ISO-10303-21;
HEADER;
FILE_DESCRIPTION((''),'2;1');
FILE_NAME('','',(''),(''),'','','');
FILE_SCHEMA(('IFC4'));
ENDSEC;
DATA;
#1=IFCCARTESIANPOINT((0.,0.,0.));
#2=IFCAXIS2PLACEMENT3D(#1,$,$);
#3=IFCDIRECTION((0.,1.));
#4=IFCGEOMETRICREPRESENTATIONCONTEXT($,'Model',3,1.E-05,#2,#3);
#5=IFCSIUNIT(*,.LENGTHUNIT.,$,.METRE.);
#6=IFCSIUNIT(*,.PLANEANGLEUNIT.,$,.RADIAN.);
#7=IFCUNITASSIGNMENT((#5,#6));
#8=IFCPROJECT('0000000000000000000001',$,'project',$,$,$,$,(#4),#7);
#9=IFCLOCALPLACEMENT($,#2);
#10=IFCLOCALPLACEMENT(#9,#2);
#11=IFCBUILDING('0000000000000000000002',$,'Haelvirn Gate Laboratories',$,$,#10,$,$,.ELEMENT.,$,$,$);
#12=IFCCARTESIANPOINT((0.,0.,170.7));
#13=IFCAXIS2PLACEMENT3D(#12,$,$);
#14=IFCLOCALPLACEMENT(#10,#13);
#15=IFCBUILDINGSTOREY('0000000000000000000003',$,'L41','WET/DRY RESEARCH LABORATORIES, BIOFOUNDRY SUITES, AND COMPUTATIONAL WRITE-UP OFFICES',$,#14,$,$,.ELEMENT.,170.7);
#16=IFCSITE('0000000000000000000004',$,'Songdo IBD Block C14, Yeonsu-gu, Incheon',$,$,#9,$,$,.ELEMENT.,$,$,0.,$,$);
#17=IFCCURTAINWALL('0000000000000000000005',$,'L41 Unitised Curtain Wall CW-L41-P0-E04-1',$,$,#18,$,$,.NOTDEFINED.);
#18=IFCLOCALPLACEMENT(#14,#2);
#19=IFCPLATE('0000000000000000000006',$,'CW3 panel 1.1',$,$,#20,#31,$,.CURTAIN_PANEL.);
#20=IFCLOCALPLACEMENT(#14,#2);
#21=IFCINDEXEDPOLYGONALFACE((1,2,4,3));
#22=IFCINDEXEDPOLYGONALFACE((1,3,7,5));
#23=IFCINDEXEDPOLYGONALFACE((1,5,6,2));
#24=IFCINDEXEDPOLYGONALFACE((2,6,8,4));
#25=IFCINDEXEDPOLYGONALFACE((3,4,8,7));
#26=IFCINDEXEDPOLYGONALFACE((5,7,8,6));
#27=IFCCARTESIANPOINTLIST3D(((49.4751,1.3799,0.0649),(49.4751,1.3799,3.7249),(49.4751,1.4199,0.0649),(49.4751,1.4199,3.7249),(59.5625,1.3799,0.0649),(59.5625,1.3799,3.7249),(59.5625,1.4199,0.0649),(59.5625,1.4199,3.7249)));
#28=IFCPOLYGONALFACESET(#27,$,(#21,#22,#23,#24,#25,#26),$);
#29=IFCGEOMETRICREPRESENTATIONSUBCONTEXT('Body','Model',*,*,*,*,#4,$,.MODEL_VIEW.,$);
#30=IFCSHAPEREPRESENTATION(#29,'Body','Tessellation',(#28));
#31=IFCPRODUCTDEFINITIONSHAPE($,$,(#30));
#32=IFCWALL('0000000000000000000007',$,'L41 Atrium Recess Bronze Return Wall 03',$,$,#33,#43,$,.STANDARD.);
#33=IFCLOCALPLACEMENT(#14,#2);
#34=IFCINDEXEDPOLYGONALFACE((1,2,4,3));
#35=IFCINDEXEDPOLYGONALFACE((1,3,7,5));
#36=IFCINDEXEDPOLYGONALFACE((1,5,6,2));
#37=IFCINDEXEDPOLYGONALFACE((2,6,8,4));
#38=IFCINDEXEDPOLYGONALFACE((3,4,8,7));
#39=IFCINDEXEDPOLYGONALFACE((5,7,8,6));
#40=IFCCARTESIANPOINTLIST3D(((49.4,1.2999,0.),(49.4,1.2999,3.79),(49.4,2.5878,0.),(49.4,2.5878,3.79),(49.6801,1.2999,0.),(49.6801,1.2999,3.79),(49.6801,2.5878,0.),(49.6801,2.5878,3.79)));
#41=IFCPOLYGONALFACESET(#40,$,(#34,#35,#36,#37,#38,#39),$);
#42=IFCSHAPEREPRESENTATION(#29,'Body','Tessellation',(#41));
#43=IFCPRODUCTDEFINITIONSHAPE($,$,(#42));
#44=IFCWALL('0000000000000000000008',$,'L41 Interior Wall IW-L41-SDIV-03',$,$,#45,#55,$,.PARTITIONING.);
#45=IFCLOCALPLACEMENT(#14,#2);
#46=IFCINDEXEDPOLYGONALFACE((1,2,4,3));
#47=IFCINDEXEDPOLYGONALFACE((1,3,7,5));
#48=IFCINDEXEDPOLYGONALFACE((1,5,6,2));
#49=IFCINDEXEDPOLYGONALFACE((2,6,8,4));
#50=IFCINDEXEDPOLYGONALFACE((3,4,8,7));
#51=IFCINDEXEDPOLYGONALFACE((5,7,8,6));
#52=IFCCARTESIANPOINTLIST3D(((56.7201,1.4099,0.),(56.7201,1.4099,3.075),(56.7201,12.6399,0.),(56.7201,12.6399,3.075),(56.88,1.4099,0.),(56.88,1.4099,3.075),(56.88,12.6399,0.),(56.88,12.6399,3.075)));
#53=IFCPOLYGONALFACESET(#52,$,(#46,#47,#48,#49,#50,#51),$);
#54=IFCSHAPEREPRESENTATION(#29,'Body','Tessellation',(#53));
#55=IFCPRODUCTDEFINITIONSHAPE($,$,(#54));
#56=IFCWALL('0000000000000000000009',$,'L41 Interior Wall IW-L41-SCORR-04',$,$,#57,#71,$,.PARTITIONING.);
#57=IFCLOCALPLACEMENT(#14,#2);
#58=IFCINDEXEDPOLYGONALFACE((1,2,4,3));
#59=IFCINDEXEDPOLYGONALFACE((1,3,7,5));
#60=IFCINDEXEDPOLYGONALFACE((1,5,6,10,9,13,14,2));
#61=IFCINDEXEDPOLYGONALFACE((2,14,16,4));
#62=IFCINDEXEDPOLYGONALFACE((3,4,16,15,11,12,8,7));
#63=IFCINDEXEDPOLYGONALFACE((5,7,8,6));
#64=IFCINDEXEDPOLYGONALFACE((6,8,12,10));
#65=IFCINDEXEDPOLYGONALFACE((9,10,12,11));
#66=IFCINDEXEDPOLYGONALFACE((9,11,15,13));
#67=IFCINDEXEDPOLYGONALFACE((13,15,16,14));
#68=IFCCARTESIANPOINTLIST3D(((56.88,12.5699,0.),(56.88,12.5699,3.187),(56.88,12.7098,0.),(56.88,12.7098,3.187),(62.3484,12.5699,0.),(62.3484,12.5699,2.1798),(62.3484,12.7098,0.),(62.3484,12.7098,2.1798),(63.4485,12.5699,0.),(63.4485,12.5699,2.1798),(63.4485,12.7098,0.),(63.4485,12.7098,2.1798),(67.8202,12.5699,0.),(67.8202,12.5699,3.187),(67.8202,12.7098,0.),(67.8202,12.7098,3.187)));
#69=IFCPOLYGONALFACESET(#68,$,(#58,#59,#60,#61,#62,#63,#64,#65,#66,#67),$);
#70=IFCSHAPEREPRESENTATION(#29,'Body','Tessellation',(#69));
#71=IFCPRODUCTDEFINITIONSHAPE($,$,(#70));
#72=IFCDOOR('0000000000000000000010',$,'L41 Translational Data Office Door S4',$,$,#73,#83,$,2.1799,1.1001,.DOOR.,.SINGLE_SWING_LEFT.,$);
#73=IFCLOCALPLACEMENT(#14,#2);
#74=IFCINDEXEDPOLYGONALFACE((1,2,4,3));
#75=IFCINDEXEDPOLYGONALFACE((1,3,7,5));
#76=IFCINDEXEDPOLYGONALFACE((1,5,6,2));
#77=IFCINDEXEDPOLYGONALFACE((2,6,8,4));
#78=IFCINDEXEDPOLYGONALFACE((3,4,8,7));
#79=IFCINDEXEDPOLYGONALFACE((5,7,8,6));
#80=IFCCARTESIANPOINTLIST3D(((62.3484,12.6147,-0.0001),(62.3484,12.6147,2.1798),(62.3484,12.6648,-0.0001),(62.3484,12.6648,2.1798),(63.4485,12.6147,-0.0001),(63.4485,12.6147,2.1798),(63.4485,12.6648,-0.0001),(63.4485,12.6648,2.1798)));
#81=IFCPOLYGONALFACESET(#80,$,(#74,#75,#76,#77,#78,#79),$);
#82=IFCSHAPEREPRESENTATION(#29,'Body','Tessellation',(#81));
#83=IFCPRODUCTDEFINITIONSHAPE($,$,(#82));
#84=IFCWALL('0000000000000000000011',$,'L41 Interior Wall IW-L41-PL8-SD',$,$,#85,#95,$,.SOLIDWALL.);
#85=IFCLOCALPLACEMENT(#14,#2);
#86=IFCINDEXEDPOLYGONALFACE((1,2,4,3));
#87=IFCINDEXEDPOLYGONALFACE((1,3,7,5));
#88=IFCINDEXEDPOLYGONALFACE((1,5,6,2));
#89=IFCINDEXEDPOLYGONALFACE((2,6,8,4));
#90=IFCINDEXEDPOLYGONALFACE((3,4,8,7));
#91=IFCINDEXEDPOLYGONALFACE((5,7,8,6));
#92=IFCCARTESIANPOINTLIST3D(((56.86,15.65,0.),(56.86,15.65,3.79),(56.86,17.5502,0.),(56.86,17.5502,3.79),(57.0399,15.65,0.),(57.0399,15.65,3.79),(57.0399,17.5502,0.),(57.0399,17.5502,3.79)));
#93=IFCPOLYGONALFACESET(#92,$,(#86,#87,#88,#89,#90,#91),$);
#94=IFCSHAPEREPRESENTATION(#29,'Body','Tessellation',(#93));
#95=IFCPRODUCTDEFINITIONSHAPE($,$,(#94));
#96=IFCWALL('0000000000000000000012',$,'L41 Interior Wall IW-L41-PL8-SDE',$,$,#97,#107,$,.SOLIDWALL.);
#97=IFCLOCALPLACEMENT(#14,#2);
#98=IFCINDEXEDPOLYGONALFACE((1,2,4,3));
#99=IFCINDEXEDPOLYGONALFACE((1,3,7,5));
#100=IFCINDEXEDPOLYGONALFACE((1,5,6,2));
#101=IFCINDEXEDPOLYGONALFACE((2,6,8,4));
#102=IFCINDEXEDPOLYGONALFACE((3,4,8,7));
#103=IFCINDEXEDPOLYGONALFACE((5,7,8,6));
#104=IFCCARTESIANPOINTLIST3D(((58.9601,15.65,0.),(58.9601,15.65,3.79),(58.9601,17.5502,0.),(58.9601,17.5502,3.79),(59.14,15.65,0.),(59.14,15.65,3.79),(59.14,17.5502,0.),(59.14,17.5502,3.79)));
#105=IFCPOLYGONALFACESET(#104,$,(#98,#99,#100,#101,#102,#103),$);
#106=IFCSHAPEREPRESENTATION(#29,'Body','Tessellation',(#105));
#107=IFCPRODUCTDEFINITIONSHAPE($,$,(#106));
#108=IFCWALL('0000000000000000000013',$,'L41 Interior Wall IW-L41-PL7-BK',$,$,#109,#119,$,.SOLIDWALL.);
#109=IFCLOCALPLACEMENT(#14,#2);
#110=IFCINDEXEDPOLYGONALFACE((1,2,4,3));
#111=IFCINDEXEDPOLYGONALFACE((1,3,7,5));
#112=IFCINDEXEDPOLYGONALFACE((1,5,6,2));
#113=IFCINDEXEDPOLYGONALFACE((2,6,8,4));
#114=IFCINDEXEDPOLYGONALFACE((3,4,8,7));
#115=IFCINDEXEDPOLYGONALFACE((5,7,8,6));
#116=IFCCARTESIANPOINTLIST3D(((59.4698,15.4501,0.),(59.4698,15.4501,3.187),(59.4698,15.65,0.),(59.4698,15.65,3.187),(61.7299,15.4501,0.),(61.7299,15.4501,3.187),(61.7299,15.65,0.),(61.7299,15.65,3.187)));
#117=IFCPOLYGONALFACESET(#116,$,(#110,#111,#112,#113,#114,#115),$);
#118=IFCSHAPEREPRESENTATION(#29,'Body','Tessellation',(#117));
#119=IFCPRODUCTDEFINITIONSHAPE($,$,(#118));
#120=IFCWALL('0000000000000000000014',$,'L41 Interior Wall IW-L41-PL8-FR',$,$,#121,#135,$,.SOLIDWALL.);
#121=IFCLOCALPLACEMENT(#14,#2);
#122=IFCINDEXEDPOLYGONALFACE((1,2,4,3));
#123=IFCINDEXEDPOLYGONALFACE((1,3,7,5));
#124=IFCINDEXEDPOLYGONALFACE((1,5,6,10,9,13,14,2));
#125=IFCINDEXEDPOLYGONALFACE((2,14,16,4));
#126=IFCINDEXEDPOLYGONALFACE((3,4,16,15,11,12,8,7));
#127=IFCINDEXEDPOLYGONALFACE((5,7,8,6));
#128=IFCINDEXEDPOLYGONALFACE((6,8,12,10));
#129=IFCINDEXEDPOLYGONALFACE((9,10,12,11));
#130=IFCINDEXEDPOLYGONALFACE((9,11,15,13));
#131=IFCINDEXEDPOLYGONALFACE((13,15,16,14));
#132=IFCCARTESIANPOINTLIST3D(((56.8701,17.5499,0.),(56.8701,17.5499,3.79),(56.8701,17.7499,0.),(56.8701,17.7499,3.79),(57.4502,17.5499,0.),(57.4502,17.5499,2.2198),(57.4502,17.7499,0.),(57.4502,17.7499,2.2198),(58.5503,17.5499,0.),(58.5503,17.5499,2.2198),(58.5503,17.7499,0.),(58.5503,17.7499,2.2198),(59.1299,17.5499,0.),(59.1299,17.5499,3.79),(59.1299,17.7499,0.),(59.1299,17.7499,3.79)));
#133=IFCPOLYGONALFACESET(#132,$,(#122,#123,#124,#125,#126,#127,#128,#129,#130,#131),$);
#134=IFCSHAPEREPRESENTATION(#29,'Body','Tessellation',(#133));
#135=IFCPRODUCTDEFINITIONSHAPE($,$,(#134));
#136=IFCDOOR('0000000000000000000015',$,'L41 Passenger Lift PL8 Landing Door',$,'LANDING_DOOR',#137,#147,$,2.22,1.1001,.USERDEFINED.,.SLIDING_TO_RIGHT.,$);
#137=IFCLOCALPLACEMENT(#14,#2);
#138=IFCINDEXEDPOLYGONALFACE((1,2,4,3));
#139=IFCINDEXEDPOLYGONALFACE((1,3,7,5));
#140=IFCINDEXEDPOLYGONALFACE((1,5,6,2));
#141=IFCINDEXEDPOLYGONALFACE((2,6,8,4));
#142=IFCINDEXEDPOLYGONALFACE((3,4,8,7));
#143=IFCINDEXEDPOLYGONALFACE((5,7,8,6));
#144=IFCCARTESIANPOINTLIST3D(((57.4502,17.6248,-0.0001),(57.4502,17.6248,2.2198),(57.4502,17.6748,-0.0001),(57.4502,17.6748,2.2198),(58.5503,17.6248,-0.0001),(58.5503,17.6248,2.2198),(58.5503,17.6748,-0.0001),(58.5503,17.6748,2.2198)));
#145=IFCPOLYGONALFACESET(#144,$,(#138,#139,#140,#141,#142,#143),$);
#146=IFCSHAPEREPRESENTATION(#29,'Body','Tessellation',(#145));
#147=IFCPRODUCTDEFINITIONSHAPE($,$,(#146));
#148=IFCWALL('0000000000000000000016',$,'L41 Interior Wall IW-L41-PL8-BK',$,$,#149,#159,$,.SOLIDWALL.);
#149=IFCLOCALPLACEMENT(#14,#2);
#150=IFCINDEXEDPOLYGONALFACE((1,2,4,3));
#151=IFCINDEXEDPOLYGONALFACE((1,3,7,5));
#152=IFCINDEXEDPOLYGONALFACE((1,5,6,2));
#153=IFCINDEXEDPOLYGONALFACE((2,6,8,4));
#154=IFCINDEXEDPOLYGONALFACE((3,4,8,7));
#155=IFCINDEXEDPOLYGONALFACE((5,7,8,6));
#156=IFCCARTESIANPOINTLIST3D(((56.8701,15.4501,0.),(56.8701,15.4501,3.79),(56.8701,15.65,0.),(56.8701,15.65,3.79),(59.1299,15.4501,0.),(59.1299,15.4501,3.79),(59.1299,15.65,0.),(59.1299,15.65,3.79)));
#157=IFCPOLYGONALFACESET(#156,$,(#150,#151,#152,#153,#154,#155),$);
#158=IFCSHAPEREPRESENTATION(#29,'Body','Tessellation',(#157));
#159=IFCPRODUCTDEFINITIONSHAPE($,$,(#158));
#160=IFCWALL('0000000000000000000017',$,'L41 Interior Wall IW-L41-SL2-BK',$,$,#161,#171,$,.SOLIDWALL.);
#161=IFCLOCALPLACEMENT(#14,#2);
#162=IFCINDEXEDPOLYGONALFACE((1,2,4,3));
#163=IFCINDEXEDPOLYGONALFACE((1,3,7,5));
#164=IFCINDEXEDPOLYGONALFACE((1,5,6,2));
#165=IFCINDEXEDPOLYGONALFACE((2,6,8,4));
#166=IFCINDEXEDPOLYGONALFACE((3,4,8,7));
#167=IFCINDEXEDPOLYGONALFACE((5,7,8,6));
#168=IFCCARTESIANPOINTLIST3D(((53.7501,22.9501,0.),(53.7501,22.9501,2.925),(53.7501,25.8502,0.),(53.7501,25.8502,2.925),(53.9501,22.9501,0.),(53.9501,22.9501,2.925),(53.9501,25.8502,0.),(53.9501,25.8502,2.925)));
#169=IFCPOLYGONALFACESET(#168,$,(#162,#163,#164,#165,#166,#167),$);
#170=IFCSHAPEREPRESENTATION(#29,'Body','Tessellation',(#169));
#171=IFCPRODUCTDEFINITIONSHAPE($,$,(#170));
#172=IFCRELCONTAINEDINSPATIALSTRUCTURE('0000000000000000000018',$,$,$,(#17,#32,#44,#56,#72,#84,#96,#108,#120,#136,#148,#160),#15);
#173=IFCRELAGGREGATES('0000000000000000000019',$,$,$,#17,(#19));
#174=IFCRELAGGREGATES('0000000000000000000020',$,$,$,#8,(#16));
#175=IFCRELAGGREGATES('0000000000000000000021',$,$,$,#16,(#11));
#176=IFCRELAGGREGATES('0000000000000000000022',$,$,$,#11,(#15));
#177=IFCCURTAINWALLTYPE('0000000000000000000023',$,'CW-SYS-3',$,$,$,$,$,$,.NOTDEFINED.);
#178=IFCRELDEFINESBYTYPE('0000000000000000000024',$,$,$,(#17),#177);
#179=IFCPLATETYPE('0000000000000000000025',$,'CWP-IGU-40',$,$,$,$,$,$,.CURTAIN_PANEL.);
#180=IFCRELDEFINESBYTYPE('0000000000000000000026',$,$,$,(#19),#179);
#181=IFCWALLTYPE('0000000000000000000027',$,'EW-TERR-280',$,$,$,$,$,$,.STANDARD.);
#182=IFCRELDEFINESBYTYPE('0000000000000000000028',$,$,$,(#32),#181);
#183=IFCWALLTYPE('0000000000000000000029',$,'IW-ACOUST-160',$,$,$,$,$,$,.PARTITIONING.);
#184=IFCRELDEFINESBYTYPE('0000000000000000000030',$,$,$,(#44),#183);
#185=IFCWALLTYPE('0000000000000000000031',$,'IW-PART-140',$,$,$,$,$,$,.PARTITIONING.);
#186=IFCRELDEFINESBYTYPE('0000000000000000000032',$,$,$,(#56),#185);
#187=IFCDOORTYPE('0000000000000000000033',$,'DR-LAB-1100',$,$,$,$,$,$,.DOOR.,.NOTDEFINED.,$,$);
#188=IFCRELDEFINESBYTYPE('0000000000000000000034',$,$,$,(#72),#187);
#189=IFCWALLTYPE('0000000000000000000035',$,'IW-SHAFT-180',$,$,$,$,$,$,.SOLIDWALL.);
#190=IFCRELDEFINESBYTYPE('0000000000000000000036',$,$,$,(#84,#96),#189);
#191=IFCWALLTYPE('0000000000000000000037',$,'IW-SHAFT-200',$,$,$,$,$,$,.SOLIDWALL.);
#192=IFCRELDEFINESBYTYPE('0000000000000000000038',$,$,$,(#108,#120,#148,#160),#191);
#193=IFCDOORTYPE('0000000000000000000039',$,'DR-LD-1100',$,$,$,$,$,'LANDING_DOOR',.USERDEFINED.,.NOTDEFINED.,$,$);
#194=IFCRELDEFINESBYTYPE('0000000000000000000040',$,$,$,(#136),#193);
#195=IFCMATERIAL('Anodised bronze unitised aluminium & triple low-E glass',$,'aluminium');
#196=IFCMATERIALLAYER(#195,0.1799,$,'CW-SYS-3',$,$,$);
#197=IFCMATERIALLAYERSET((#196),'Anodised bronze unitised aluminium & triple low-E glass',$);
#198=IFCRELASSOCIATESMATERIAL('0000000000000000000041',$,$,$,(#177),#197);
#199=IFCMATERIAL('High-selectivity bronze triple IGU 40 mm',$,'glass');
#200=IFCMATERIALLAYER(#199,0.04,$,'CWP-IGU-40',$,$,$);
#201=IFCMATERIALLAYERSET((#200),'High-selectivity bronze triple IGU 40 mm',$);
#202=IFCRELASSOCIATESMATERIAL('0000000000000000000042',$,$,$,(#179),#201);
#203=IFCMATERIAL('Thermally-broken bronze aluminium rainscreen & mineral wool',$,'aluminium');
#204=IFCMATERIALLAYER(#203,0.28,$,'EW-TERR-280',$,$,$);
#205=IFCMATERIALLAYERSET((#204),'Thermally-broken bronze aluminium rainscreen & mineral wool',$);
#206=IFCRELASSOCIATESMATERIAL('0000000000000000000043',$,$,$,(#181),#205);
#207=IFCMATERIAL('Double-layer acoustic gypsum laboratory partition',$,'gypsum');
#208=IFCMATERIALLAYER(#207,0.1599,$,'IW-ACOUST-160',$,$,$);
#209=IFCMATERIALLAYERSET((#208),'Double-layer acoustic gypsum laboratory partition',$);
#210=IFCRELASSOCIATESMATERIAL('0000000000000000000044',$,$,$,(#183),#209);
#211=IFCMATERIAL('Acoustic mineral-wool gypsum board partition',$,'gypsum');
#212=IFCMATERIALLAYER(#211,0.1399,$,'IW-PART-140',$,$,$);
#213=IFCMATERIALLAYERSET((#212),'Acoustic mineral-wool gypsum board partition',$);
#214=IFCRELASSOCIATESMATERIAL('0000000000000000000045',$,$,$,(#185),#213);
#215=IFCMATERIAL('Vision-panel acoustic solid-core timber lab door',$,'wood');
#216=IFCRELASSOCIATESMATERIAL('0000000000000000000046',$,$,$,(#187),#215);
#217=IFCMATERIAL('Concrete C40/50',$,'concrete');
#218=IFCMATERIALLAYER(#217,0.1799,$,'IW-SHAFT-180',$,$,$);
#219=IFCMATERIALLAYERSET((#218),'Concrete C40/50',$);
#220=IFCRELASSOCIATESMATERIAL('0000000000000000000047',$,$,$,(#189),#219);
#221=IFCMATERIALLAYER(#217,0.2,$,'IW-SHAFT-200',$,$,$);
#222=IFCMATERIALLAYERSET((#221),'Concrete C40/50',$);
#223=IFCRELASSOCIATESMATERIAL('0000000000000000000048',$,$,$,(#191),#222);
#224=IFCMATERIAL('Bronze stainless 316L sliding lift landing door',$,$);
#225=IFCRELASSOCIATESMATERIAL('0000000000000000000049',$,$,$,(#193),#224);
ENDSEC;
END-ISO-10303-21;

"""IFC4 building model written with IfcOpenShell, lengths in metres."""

from ifc_helpers import new_model, si_unit, direction, frame, frame_2d, origin, origin_2d, place, context, subcontext, project, spatial, rectangle, extrude, source, transform, mapped, material, layer, layer_set, type_object, type_shapes, element, fill, aggregate, save


model = new_model("IFC4")

# Units and contexts
model_context = context("Model", 3, precision=1e-05, world=origin(), true_north=direction((0.0, 1.0)))
body_context = subcontext(model_context, "Body", "Model", "MODEL_VIEW")
ifc_project = project(units=[si_unit("LENGTHUNIT", "METRE"), si_unit("PLANEANGLEUNIT", "RADIAN")], contexts=[model_context])

# Site, building, storey
site_placement = place(None, origin())
site = spatial("IfcSite", under=ifc_project, at=site_placement, Name="Songdo IBD Block C14, Yeonsu-gu, Incheon", CompositionType="ELEMENT", RefElevation=0.0)
building_placement = place(site_placement, origin())
building = spatial("IfcBuilding", under=site, at=building_placement, Name="Haelvirn Gate Laboratories", CompositionType="ELEMENT")
storey_placement = place(building_placement, frame((0.0, 0.0, 170.7)))
storey = spatial("IfcBuildingStorey", under=building, at=storey_placement, Name="L41", Description="WET/DRY RESEARCH LABORATORIES, BIOFOUNDRY SUITES, AND COMPUTATIONAL WRITE-UP OFFICES", CompositionType="ELEMENT", Elevation=170.7)

# Curtain wall
ifc_material_1 = material(Name="Anodised bronze unitised aluminium & triple low-E glass", Category="aluminium")
ifc_layer_1 = layer(ifc_material_1, 0.1799, Name="CW-SYS-3")
ifc_layer_set_1 = layer_set([ifc_layer_1], Name="Anodised bronze unitised aluminium & triple low-E glass")
curtain_wall_type = type_object("IfcCurtainWallType", Name="CW-SYS-3", PredefinedType="NOTDEFINED", material=ifc_layer_set_1)
curtain_wall_1_placement = place(storey_placement, origin())
curtain_wall_1 = element("IfcCurtainWall", 1, at=curtain_wall_1_placement, inside=storey, type_object=curtain_wall_type, Name="L41 Unitised Curtain Wall CW-L41-P0-E04-1", PredefinedType="NOTDEFINED")

# Plate
ifc_material_2 = material(Name="High-selectivity bronze triple IGU 40 mm", Category="glass")
ifc_layer_2 = layer(ifc_material_2, 0.04, Name="CWP-IGU-40")
ifc_layer_set_2 = layer_set([ifc_layer_2], Name="High-selectivity bronze triple IGU 40 mm")
plate_type = type_object("IfcPlateType", Name="CWP-IGU-40", PredefinedType="CURTAIN_PANEL", material=ifc_layer_set_2)
shared_shape_1 = source(origin(), body_context, "Body", "SweptSolid", [
    extrude(rectangle(XDim=10.0874, YDim=0.04, at=origin_2d()), origin(), (0.0, 0.0, 1.0), 3.6599),
])
type_shapes(plate_type, [shared_shape_1])
plate_placement = place(storey_placement, frame((54.5188, 1.3999, 0.0649), z_axis=(0.0, 0.0, 1.0), x_axis=(1.0, 0.0, 0.0)))
plate = element("IfcPlate", 2, at=plate_placement, type_object=plate_type, Name="CW3 panel 1.1", PredefinedType="CURTAIN_PANEL", context=body_context, shape_type="MappedRepresentation", body=[
    mapped(shared_shape_1, transform((0.0, 0.0, 0.0), scale=1.0)),
])
aggregate(curtain_wall_1, [plate])

# Walls
ifc_material_3 = material(Name="Thermally-broken bronze aluminium rainscreen & mineral wool", Category="aluminium")
ifc_layer_3 = layer(ifc_material_3, 0.28, Name="EW-TERR-280")
ifc_layer_set_3 = layer_set([ifc_layer_3], Name="Thermally-broken bronze aluminium rainscreen & mineral wool")
wall_type_1 = type_object("IfcWallType", Name="EW-TERR-280", PredefinedType="STANDARD", material=ifc_layer_set_3)
wall_1_placement = place(storey_placement, frame((49.54, 2.5879, 0.0), z_axis=(0.0, 0.0, 1.0), x_axis=(0.0, -1.0, 0.0)))
element("IfcWall", 3, at=wall_1_placement, inside=storey, type_object=wall_type_1, Name="L41 Atrium Recess Bronze Return Wall 03", PredefinedType="STANDARD", context=body_context, shape_type="SweptSolid", body=[
    extrude(rectangle(XDim=1.2878, YDim=0.28, at=frame_2d((0.644, 0.0))), origin(), (0.0, 0.0, 1.0), 3.79),
])
ifc_material_4 = material(Name="Double-layer acoustic gypsum laboratory partition", Category="gypsum")
ifc_layer_4 = layer(ifc_material_4, 0.1599, Name="IW-ACOUST-160")
ifc_layer_set_4 = layer_set([ifc_layer_4], Name="Double-layer acoustic gypsum laboratory partition")
wall_type_2 = type_object("IfcWallType", Name="IW-ACOUST-160", PredefinedType="PARTITIONING", material=ifc_layer_set_4)
wall_2_placement = place(storey_placement, frame((56.8, 1.4099, 0.0), z_axis=(0.0, 0.0, 1.0), x_axis=(0.0, 1.0, 0.0)))
element("IfcWall", 4, at=wall_2_placement, inside=storey, type_object=wall_type_2, Name="L41 Interior Wall IW-L41-SDIV-03", PredefinedType="PARTITIONING", context=body_context, shape_type="SweptSolid", body=[
    extrude(rectangle(XDim=11.23, YDim=0.1599, at=frame_2d((5.615, 0.0))), origin(), (0.0, 0.0, 1.0), 3.075),
])

# Wall, opening, door
ifc_material_5 = material(Name="Acoustic mineral-wool gypsum board partition", Category="gypsum")
ifc_layer_5 = layer(ifc_material_5, 0.1399, Name="IW-PART-140")
ifc_layer_set_5 = layer_set([ifc_layer_5], Name="Acoustic mineral-wool gypsum board partition")
wall_type_3 = type_object("IfcWallType", Name="IW-PART-140", PredefinedType="PARTITIONING", material=ifc_layer_set_5)
wall_3_placement = place(storey_placement, frame((56.8799, 12.6399, 0.0), z_axis=(0.0, 0.0, 1.0), x_axis=(1.0, 0.0, 0.0)))
wall_3 = element("IfcWall", 5, at=wall_3_placement, inside=storey, type_object=wall_type_3, Name="L41 Interior Wall IW-L41-SCORR-04", PredefinedType="PARTITIONING", context=body_context, shape_type="SweptSolid", body=[
    extrude(rectangle(XDim=10.9402, YDim=0.1399, at=frame_2d((5.4702, 0.0))), origin(), (0.0, 0.0, 1.0), 3.187),
])
opening_1_placement = place(wall_3_placement, frame((5.4685, 0.0, 0.0)))
opening_1 = element("IfcOpeningElement", 6, at=opening_1_placement, cuts=wall_3, PredefinedType="OPENING", context=body_context, shape_type="SweptSolid", body=[
    extrude(rectangle(XDim=1.1001, YDim=2.1799, at=frame_2d((0.55, 1.0898))), frame((0.0, 0.0801, 0.0), z_axis=(0.0, -1.0, 0.0), x_axis=(1.0, 0.0, 0.0)), (0.0, 0.0, 1.0), 0.1599),
])
ifc_material_6 = material(Name="Vision-panel acoustic solid-core timber lab door", Category="wood")
door_type_1 = type_object("IfcDoorType", Name="DR-LAB-1100", OperationType="NOTDEFINED", PredefinedType="DOOR", material=ifc_material_6)
shared_shape_2 = source(origin(), body_context, "Body", "SweptSolid", [
    extrude(rectangle(XDim=1.1001, YDim=2.1799, at=frame_2d((0.55, 1.0898))), frame((0.0, 0.0249, 0.0), z_axis=(0.0, -1.0, 0.0), x_axis=(1.0, 0.0, 0.0)), (0.0, 0.0, 1.0), 0.05),
])
type_shapes(door_type_1, [shared_shape_2])
door_1_placement = place(opening_1_placement, origin())
door_1 = element("IfcDoor", 7, at=door_1_placement, inside=storey, type_object=door_type_1, Name="L41 Translational Data Office Door S4", OperationType="SINGLE_SWING_LEFT", OverallHeight=2.1799, OverallWidth=1.1001, PredefinedType="DOOR", context=body_context, shape_type="MappedRepresentation", body=[
    mapped(shared_shape_2, transform((0.0, 0.0, 0.0), scale=1.0)),
])
fill(opening_1, door_1)

# Walls
ifc_material_7 = material(Name="Concrete C40/50", Category="concrete")
ifc_layer_6 = layer(ifc_material_7, 0.1799, Name="IW-SHAFT-180")
ifc_layer_set_6 = layer_set([ifc_layer_6], Name="Concrete C40/50")
wall_type_4 = type_object("IfcWallType", Name="IW-SHAFT-180", PredefinedType="SOLIDWALL", material=ifc_layer_set_6)
for number, where, z_axis, x_axis, name in (
    (8, (56.95, 15.6499, 0.0), (0.0, 0.0, 1.0), (0.0, 1.0, 0.0), "L41 Interior Wall IW-L41-PL8-SD"),
    (9, (59.05, 15.6499, 0.0), (0.0, 0.0, 1.0), (0.0, 1.0, 0.0), "L41 Interior Wall IW-L41-PL8-SDE"),
):
    element("IfcWall", number, at=place(storey_placement, frame(where, z_axis=z_axis, x_axis=x_axis)), inside=storey, type_object=wall_type_4, Name=name, PredefinedType="SOLIDWALL", context=body_context, shape_type="SweptSolid", body=[
        extrude(rectangle(XDim=1.9001, YDim=0.1799, at=frame_2d((0.9502, 0.0))), origin(), (0.0, 0.0, 1.0), 3.79),
    ])
ifc_layer_7 = layer(ifc_material_7, 0.2, Name="IW-SHAFT-200")
ifc_layer_set_7 = layer_set([ifc_layer_7], Name="Concrete C40/50")
wall_type_5 = type_object("IfcWallType", Name="IW-SHAFT-200", PredefinedType="SOLIDWALL", material=ifc_layer_set_7)
wall_4_placement = place(storey_placement, frame((59.47, 15.55, 0.0), z_axis=(0.0, 0.0, 1.0), x_axis=(1.0, 0.0, 0.0)))
element("IfcWall", 10, at=wall_4_placement, inside=storey, type_object=wall_type_5, Name="L41 Interior Wall IW-L41-PL7-BK", PredefinedType="SOLIDWALL", context=body_context, shape_type="SweptSolid", body=[
    extrude(rectangle(XDim=2.26, YDim=0.2, at=frame_2d((1.1299, 0.0))), origin(), (0.0, 0.0, 1.0), 3.187),
])

# Wall, opening, door
wall_5_placement = place(storey_placement, frame((56.8701, 17.6499, 0.0), z_axis=(0.0, 0.0, 1.0), x_axis=(1.0, 0.0, 0.0)))
wall_5 = element("IfcWall", 11, at=wall_5_placement, inside=storey, type_object=wall_type_5, Name="L41 Interior Wall IW-L41-PL8-FR", PredefinedType="SOLIDWALL", context=body_context, shape_type="SweptSolid", body=[
    extrude(rectangle(XDim=2.2598, YDim=0.2, at=frame_2d((1.1299, 0.0))), origin(), (0.0, 0.0, 1.0), 3.79),
])
opening_2_placement = place(wall_5_placement, frame((0.5801, 0.0, 0.0)))
opening_2 = element("IfcOpeningElement", 12, at=opening_2_placement, cuts=wall_5, PredefinedType="OPENING", context=body_context, shape_type="SweptSolid", body=[
    extrude(rectangle(XDim=1.1001, YDim=2.22, at=frame_2d((0.55, 1.1099))), frame((0.0, 0.1099, 0.0), z_axis=(0.0, -1.0, 0.0), x_axis=(1.0, 0.0, 0.0)), (0.0, 0.0, 1.0), 0.22),
])
ifc_material_8 = material(Name="Bronze stainless 316L sliding lift landing door")
door_type_2 = type_object("IfcDoorType", Name="DR-LD-1100", ElementType="LANDING_DOOR", OperationType="NOTDEFINED", PredefinedType="USERDEFINED", material=ifc_material_8)
shared_shape_3 = source(origin(), body_context, "Body", "SweptSolid", [
    extrude(rectangle(XDim=1.1001, YDim=2.22, at=frame_2d((0.55, 1.1099))), frame((0.0, 0.0249, 0.0), z_axis=(0.0, -1.0, 0.0), x_axis=(1.0, 0.0, 0.0)), (0.0, 0.0, 1.0), 0.05),
])
type_shapes(door_type_2, [shared_shape_3])
door_2_placement = place(opening_2_placement, origin())
door_2 = element("IfcDoor", 13, at=door_2_placement, inside=storey, type_object=door_type_2, Name="L41 Passenger Lift PL8 Landing Door", ObjectType="LANDING_DOOR", OperationType="SLIDING_TO_RIGHT", OverallHeight=2.22, OverallWidth=1.1001, PredefinedType="USERDEFINED", context=body_context, shape_type="MappedRepresentation", body=[
    mapped(shared_shape_3, transform((0.0, 0.0, 0.0), scale=1.0)),
])
fill(opening_2, door_2)

# Walls
wall_6_placement = place(storey_placement, frame((56.8701, 15.55, 0.0), z_axis=(0.0, 0.0, 1.0), x_axis=(1.0, 0.0, 0.0)))
element("IfcWall", 14, at=wall_6_placement, inside=storey, type_object=wall_type_5, Name="L41 Interior Wall IW-L41-PL8-BK", PredefinedType="SOLIDWALL", context=body_context, shape_type="SweptSolid", body=[
    extrude(rectangle(XDim=2.2598, YDim=0.2, at=frame_2d((1.1299, 0.0))), origin(), (0.0, 0.0, 1.0), 3.79),
])
wall_7_placement = place(storey_placement, frame((53.8501, 22.95, 0.0), z_axis=(0.0, 0.0, 1.0), x_axis=(0.0, 1.0, 0.0)))
element("IfcWall", 15, at=wall_7_placement, inside=storey, type_object=wall_type_5, Name="L41 Interior Wall IW-L41-SL2-BK", PredefinedType="SOLIDWALL", context=body_context, shape_type="SweptSolid", body=[
    extrude(rectangle(XDim=2.9001, YDim=0.2, at=frame_2d((1.4502, 0.0))), origin(), (0.0, 0.0, 1.0), 2.925),
])

save(model, "model.ifc")
